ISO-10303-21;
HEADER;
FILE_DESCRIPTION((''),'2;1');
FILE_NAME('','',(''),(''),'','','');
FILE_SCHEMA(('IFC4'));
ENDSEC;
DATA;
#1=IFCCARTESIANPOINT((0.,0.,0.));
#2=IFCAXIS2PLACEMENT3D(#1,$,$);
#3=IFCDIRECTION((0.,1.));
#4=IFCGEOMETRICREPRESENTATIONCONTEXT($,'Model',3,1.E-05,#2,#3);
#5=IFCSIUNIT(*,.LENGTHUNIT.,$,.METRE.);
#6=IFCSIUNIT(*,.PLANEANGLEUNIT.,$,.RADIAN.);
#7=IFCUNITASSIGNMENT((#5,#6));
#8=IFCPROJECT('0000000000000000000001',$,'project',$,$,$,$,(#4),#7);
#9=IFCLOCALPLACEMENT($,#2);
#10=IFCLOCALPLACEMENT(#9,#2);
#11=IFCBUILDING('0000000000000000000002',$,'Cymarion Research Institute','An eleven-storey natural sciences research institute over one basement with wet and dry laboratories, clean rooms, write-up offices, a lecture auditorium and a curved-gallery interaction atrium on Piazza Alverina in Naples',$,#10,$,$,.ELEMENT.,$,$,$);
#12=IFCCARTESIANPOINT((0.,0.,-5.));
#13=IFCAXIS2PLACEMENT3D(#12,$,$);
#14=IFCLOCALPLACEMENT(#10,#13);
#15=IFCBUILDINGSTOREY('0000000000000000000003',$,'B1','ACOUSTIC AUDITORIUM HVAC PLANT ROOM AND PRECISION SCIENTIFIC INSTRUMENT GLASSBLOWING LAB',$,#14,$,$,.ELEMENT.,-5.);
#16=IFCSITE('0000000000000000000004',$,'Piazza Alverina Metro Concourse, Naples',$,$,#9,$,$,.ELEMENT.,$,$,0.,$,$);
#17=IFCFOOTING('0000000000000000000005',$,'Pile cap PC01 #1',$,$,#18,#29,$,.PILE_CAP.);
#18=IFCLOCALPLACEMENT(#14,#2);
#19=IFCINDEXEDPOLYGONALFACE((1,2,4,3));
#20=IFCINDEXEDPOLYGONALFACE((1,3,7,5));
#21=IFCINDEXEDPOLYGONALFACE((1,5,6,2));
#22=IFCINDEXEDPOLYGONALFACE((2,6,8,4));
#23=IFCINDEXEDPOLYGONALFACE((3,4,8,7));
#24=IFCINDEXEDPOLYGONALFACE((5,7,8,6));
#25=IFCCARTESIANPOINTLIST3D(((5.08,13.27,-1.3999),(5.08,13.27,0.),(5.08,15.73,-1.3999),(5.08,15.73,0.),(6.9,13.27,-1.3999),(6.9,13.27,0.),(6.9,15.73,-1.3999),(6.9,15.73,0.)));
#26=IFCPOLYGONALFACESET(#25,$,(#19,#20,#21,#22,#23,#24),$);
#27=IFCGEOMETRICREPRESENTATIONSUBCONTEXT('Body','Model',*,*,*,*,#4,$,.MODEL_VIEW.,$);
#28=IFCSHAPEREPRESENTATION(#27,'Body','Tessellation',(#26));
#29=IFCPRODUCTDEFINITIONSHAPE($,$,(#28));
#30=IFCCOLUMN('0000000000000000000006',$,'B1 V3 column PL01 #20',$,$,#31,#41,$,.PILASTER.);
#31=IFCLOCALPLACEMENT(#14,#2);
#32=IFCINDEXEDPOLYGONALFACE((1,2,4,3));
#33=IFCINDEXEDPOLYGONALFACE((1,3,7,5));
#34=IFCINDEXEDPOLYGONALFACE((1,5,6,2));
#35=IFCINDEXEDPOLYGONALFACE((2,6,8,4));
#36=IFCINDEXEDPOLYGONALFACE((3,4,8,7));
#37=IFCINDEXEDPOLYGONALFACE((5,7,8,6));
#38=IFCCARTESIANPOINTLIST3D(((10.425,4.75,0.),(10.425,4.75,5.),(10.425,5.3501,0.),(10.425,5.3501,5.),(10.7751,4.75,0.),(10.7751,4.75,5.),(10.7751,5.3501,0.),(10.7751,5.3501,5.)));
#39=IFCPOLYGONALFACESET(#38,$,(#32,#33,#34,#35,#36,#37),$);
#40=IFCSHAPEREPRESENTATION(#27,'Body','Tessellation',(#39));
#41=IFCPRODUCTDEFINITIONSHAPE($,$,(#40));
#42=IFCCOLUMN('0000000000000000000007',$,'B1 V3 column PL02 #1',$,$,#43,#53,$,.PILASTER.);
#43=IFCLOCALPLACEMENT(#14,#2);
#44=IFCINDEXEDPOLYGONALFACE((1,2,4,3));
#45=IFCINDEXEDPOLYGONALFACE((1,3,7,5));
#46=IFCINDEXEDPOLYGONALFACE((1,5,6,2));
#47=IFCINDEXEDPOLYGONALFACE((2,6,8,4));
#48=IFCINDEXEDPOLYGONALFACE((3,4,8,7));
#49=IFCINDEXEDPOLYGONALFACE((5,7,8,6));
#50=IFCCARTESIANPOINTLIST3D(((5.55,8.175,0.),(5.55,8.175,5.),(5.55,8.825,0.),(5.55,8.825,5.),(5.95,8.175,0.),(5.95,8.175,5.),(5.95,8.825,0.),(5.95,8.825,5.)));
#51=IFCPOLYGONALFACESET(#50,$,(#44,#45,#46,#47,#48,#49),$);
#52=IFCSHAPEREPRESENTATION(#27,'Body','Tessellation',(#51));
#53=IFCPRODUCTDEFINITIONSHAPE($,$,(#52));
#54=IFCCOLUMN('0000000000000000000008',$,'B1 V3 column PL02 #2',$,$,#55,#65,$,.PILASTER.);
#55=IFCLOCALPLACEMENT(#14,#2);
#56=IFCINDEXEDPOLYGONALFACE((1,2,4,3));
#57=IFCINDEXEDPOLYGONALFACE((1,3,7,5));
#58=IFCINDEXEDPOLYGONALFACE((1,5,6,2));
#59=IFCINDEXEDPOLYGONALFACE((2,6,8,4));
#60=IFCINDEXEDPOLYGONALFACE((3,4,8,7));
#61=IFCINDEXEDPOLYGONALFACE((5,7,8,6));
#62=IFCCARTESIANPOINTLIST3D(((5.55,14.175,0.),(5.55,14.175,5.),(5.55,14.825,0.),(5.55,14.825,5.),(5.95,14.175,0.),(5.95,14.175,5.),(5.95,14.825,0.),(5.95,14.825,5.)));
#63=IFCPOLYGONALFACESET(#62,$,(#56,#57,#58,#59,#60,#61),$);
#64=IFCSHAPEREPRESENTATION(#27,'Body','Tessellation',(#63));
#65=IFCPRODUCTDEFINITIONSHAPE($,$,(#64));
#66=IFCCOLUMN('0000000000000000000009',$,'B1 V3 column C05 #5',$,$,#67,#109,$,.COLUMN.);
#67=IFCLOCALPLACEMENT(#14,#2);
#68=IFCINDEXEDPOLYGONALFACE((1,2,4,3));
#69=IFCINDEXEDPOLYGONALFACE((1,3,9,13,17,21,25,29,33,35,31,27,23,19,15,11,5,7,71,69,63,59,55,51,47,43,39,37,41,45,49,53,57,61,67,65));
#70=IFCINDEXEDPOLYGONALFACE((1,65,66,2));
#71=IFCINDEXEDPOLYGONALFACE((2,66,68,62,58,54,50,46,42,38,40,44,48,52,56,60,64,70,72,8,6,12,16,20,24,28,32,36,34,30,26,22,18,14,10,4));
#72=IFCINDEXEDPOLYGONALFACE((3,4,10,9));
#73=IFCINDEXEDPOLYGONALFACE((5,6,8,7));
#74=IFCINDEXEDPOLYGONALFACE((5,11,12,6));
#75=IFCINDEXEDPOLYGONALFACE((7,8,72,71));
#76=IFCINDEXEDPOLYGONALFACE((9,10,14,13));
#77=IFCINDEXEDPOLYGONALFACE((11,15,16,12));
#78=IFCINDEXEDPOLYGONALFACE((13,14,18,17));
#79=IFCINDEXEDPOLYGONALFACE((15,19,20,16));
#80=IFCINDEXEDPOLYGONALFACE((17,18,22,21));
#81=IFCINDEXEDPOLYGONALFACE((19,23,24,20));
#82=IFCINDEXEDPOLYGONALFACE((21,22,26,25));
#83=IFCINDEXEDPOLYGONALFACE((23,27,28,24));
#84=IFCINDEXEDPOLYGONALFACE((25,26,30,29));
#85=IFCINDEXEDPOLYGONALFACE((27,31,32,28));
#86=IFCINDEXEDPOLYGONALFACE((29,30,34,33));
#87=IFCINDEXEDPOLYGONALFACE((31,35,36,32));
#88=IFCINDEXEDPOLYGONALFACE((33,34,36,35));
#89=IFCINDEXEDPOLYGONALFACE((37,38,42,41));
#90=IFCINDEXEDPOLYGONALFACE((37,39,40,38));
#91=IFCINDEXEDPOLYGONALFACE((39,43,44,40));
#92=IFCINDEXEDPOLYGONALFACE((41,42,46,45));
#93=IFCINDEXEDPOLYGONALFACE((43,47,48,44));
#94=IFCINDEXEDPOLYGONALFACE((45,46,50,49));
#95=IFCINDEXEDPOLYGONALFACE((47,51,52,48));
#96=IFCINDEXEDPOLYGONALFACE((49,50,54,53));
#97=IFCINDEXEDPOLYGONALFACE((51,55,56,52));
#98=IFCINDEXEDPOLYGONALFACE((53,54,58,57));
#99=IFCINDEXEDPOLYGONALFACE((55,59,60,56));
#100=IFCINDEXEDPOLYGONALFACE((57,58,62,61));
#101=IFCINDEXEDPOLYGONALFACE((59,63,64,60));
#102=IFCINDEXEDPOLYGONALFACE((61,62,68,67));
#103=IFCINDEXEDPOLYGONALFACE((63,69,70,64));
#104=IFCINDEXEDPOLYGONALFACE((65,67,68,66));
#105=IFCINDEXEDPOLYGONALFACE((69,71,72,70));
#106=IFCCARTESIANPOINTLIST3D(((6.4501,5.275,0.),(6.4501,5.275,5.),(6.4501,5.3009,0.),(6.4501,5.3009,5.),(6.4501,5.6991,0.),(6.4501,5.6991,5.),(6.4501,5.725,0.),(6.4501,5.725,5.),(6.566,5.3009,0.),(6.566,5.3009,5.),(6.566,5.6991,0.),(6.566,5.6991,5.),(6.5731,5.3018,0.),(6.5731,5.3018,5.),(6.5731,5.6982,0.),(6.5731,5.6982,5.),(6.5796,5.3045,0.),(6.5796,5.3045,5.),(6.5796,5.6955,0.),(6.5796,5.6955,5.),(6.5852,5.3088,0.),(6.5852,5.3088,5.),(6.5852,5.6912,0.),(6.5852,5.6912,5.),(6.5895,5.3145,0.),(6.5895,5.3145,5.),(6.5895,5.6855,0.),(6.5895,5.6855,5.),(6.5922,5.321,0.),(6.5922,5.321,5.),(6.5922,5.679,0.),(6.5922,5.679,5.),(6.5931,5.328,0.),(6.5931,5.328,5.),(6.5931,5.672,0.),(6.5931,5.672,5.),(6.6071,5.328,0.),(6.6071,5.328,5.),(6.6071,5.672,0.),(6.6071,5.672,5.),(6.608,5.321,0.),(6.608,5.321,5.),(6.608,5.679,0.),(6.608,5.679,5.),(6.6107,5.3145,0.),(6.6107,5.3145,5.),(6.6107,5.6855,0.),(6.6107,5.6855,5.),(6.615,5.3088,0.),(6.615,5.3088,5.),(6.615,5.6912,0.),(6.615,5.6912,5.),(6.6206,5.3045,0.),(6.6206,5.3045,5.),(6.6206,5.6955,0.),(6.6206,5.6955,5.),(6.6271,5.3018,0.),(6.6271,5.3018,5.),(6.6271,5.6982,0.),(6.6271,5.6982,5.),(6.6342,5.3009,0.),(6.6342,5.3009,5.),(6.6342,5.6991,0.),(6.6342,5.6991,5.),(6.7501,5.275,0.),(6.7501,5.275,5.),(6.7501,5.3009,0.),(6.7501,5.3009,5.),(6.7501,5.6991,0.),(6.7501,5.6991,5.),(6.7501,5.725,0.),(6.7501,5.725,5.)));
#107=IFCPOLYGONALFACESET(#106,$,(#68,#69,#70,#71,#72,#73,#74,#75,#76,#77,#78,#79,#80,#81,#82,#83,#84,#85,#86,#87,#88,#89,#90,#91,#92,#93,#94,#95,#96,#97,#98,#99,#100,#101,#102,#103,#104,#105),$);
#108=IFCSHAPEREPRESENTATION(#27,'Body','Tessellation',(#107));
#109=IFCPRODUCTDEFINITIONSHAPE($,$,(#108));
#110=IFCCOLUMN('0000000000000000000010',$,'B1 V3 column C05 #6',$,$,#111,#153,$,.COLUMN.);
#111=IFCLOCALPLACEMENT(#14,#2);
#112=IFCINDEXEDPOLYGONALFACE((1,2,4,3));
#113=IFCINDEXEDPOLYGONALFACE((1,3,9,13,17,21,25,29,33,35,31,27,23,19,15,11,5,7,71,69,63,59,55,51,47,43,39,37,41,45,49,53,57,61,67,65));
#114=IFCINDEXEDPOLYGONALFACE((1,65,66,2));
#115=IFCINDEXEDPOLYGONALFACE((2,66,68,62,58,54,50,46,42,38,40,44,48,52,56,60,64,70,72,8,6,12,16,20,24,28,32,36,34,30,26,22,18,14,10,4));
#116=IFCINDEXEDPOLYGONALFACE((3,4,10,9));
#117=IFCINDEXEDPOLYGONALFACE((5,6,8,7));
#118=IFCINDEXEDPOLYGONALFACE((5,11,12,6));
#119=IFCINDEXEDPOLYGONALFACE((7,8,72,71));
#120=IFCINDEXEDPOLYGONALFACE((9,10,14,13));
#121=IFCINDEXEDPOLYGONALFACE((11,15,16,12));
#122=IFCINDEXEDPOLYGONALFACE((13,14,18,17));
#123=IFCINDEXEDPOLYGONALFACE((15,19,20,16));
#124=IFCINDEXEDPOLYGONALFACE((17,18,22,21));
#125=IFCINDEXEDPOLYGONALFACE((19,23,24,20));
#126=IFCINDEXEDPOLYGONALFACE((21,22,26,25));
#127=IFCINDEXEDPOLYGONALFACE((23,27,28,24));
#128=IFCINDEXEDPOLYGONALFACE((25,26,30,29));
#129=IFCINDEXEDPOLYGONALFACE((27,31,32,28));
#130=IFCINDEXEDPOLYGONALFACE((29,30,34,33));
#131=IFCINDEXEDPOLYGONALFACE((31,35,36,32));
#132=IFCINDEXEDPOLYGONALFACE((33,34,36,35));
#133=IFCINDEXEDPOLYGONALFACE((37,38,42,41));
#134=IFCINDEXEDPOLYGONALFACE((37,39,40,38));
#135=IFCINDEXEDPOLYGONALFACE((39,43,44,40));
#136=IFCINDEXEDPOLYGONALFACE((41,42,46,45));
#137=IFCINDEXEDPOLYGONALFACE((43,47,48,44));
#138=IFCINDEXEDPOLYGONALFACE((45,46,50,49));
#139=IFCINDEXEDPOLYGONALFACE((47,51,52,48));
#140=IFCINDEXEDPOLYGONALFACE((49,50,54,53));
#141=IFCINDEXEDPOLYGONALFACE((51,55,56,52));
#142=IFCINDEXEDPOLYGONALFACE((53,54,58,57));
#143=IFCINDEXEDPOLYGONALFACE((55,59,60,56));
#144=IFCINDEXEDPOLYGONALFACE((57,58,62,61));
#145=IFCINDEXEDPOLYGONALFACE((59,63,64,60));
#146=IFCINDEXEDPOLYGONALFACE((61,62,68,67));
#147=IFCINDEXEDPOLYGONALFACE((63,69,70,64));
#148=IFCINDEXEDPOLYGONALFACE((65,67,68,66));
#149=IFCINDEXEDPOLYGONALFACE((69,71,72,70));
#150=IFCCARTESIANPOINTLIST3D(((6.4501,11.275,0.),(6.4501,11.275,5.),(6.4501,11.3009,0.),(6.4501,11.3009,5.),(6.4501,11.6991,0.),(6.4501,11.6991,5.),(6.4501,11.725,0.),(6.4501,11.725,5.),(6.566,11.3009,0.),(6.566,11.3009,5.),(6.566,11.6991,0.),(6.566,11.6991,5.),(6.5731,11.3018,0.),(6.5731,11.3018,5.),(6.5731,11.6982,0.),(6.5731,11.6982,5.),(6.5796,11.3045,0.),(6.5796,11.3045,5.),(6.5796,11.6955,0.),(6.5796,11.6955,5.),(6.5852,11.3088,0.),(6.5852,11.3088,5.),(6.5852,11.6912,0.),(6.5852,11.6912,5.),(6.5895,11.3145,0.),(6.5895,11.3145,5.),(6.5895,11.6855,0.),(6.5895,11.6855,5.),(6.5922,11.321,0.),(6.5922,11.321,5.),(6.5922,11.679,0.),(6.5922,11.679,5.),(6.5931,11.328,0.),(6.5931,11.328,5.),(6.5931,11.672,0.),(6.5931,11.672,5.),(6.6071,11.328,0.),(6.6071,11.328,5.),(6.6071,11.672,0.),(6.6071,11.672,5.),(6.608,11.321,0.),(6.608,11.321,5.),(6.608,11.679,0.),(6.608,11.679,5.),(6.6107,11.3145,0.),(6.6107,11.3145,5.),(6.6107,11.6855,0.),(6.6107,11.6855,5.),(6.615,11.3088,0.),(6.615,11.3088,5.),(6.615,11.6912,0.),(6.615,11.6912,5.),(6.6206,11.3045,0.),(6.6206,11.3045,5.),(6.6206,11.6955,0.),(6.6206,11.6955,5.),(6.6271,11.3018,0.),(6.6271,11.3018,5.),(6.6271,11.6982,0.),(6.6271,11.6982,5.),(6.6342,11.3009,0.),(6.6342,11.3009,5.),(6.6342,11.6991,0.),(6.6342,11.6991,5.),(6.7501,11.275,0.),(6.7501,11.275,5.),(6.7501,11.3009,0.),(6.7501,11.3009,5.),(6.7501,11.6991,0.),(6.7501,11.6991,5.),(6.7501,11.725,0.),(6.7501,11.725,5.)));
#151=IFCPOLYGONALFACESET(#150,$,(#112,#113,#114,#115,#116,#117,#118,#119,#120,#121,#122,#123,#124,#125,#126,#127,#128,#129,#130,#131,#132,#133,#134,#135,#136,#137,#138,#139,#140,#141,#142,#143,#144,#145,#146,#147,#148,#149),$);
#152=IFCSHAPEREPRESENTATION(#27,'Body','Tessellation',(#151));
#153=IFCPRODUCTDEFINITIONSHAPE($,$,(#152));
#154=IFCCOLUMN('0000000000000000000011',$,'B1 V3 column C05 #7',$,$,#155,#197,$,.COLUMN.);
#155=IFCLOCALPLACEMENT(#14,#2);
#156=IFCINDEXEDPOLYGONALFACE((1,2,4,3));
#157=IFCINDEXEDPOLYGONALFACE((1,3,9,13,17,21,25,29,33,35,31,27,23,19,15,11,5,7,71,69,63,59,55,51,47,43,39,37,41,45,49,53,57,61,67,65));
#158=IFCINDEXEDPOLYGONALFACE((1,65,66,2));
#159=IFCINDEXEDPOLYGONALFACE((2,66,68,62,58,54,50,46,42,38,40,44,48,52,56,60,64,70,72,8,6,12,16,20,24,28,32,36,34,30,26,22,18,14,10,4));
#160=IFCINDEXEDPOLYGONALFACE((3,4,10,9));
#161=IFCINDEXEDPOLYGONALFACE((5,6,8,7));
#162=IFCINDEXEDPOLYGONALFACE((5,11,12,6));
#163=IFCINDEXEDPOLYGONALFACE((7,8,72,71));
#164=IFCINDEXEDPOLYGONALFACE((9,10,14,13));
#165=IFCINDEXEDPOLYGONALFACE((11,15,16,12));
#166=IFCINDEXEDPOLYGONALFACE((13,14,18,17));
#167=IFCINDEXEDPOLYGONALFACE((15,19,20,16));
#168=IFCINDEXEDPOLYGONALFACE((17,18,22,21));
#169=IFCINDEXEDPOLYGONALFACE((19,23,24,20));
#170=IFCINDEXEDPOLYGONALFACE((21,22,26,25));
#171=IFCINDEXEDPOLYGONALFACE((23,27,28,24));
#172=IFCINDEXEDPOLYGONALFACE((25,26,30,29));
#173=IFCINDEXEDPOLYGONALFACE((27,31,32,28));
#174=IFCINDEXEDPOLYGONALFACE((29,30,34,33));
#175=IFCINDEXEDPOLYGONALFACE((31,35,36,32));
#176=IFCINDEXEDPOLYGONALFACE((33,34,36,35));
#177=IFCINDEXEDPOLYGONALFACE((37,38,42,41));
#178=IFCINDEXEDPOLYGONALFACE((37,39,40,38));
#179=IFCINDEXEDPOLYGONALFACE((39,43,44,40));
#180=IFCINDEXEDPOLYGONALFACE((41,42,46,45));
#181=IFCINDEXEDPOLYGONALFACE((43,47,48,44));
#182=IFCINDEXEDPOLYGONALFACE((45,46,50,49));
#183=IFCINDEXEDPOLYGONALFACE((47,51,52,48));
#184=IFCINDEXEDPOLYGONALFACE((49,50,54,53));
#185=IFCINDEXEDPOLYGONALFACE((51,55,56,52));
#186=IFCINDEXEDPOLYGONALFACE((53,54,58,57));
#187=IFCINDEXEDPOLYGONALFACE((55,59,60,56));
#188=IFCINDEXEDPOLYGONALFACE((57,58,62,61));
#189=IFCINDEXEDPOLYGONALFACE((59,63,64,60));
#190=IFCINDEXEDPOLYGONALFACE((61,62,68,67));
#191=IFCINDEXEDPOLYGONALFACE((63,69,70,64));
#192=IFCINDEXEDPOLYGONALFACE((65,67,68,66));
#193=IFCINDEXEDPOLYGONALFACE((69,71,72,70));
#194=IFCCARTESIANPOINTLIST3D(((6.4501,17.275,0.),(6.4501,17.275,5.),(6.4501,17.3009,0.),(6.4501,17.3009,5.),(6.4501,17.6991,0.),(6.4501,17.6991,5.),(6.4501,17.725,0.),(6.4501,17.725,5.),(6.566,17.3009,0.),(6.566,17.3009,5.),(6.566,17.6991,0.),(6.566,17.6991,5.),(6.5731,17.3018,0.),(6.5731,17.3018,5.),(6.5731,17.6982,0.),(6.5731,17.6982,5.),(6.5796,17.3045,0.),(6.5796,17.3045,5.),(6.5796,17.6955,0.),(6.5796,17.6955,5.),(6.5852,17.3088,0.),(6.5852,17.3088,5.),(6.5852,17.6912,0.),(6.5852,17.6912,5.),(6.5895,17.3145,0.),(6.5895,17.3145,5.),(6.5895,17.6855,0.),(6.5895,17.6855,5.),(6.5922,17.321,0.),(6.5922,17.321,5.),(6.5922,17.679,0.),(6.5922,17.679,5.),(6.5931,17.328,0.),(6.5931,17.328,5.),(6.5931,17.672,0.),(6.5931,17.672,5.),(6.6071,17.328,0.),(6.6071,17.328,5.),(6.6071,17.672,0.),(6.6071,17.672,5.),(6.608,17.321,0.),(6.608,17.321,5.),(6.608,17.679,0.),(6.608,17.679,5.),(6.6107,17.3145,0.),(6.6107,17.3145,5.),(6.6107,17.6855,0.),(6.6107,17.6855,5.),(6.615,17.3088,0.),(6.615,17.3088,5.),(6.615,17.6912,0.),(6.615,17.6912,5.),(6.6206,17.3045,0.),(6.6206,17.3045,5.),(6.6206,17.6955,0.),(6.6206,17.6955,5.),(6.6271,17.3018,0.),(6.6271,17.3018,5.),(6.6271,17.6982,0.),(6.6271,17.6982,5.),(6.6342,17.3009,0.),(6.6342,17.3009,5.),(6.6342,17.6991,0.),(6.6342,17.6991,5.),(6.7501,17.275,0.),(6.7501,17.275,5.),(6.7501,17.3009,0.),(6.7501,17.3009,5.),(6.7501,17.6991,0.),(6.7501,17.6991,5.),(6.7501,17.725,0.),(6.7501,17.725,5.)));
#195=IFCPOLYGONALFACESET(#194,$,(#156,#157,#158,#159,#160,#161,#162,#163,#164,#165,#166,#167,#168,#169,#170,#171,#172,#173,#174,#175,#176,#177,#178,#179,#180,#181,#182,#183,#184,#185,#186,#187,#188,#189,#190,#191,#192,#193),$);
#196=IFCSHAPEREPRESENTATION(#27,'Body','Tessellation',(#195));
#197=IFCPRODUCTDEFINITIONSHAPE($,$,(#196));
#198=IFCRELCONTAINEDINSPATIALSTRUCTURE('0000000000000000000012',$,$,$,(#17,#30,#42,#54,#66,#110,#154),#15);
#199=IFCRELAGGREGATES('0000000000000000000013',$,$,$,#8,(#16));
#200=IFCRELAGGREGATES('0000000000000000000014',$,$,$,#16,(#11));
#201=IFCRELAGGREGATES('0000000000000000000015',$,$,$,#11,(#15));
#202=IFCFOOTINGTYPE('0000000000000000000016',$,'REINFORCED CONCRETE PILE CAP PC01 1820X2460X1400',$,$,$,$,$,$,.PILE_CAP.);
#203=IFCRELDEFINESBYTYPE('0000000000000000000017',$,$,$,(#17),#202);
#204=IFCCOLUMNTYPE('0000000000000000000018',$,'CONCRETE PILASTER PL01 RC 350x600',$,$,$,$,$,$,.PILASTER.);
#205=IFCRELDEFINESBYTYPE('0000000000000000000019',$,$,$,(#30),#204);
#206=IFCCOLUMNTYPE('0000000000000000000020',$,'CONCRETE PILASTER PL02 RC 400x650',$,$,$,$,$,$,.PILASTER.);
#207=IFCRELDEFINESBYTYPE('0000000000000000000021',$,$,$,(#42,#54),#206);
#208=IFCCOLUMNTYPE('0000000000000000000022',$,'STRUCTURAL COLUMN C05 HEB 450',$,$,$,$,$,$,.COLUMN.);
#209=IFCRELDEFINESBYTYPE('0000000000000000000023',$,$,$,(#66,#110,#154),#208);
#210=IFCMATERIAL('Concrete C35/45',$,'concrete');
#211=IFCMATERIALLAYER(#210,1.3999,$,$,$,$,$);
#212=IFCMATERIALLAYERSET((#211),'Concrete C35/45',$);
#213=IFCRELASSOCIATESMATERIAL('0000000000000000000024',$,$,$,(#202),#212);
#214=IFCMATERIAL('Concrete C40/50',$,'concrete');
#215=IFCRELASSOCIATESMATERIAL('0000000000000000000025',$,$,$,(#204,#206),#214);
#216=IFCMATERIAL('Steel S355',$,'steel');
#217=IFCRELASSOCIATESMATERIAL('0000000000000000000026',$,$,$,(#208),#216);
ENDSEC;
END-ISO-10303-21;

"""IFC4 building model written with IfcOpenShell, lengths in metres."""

from ifc_helpers import new_model, si_unit, direction, frame, origin, origin_2d, place, context, subcontext, project, spatial, rectangle, i_section, extrude, material, layer, layer_set, material_profile, profile_set, type_object, element, save


model = new_model("IFC4")

# Units and contexts
model_context = context("Model", 3, precision=1e-05, world=origin(), true_north=direction((0.0, 1.0)))
body_context = subcontext(model_context, "Body", "Model", "MODEL_VIEW")
ifc_project = project(units=[si_unit("LENGTHUNIT", "METRE"), si_unit("PLANEANGLEUNIT", "RADIAN")], contexts=[model_context])

# Site, building, storey
site_placement = place(None, origin())
site = spatial("IfcSite", under=ifc_project, at=site_placement, Name="Piazza Alverina Metro Concourse, Naples", CompositionType="ELEMENT", RefElevation=0.0)
building_placement = place(site_placement, origin())
building = spatial("IfcBuilding", under=site, at=building_placement, Name="Cymarion Research Institute", Description="An eleven-storey natural sciences research institute over one basement with wet and dry laboratories, clean rooms, write-up offices, a lecture auditorium and a curved-gallery interaction atrium on Piazza Alverina in Naples", CompositionType="ELEMENT")
storey_placement = place(building_placement, frame((0.0, 0.0, -5.0)))
storey = spatial("IfcBuildingStorey", under=building, at=storey_placement, Name="B1", Description="ACOUSTIC AUDITORIUM HVAC PLANT ROOM AND PRECISION SCIENTIFIC INSTRUMENT GLASSBLOWING LAB", CompositionType="ELEMENT", Elevation=-5.0)

# Shared definitions
ifc_material_1 = material(Name="Concrete C35/45", Category="concrete")

# Footing
ifc_layer_1 = layer(ifc_material_1, 1.3999)
ifc_layer_set_1 = layer_set([ifc_layer_1], Name="Concrete C35/45")
footing_type = type_object("IfcFootingType", Name="REINFORCED CONCRETE PILE CAP PC01 1820X2460X1400", PredefinedType="PILE_CAP", material=ifc_layer_set_1)
footing_placement = place(storey_placement, frame((5.99, 14.5, -1.3999), z_axis=(0.0, 0.0, 1.0), x_axis=(1.0, 0.0, 0.0)))
element("IfcFooting", 1, at=footing_placement, inside=storey, type_object=footing_type, Name="Pile cap PC01 #1", PredefinedType="PILE_CAP", context=body_context, shape_type="SweptSolid", body=[
    extrude(rectangle(XDim=1.8201, YDim=2.46, at=origin_2d()), origin(), (0.0, 0.0, 1.0), 1.3999),
])

# Columns
ifc_material_2 = material(Name="Concrete C40/50", Category="concrete")
ifc_material_profile_1 = material_profile(ifc_material_2, rectangle(XDim=0.3501, YDim=0.6001, at=origin_2d()), Name="RC 350x600")
ifc_profile_set_1 = profile_set([ifc_material_profile_1], Name="Concrete C40/50")
column_type_1 = type_object("IfcColumnType", Name="CONCRETE PILASTER PL01 RC 350x600", PredefinedType="PILASTER", material=ifc_profile_set_1)
column_placement = place(storey_placement, frame((10.6001, 5.05, 0.0), z_axis=(0.0, 0.0, 1.0), x_axis=(1.0, 0.0, 0.0)))
element("IfcColumn", 2, at=column_placement, inside=storey, type_object=column_type_1, Name="B1 V3 column PL01 #20", PredefinedType="PILASTER", context=body_context, shape_type="SweptSolid", body=[
    extrude(rectangle(XDim=0.3501, YDim=0.6001, at=origin_2d()), origin(), (0.0, 0.0, 1.0), 5.0),
])
ifc_material_profile_2 = material_profile(ifc_material_2, rectangle(XDim=0.3999, YDim=0.6499, at=origin_2d()), Name="RC 400x650")
ifc_profile_set_2 = profile_set([ifc_material_profile_2], Name="Concrete C40/50")
column_type_2 = type_object("IfcColumnType", Name="CONCRETE PILASTER PL02 RC 400x650", PredefinedType="PILASTER", material=ifc_profile_set_2)
for number, where, z_axis, x_axis, name in (
    (3, (5.75, 8.5, 0.0), (0.0, 0.0, 1.0), (1.0, 0.0, 0.0), "B1 V3 column PL02 #1"),
    (4, (5.75, 14.5, 0.0), (0.0, 0.0, 1.0), (1.0, 0.0, 0.0), "B1 V3 column PL02 #2"),
):
    element("IfcColumn", number, at=place(storey_placement, frame(where, z_axis=z_axis, x_axis=x_axis)), inside=storey, type_object=column_type_2, Name=name, PredefinedType="PILASTER", context=body_context, shape_type="SweptSolid", body=[
        extrude(rectangle(XDim=0.3999, YDim=0.6499, at=origin_2d()), origin(), (0.0, 0.0, 1.0), 5.0),
    ])
ifc_material_3 = material(Name="Steel S355", Category="steel")
ifc_material_profile_3 = material_profile(ifc_material_3, i_section(OverallWidth=0.3, OverallDepth=0.45, WebThickness=0.0139, FlangeThickness=0.0259, FilletRadius=0.0271, at=origin_2d()), Name="HEB 450")
ifc_profile_set_3 = profile_set([ifc_material_profile_3], Name="Steel S355")
column_type_3 = type_object("IfcColumnType", Name="STRUCTURAL COLUMN C05 HEB 450", PredefinedType="COLUMN", material=ifc_profile_set_3)
for number, where, z_axis, x_axis, name in (
    (5, (6.6001, 5.5, 0.0), (0.0, 0.0, 1.0), (1.0, 0.0, 0.0), "B1 V3 column C05 #5"),
    (6, (6.6001, 11.5, 0.0), (0.0, 0.0, 1.0), (1.0, 0.0, 0.0), "B1 V3 column C05 #6"),
    (7, (6.6001, 17.5, 0.0), (0.0, 0.0, 1.0), (1.0, 0.0, 0.0), "B1 V3 column C05 #7"),
):
    element("IfcColumn", number, at=place(storey_placement, frame(where, z_axis=z_axis, x_axis=x_axis)), inside=storey, type_object=column_type_3, Name=name, PredefinedType="COLUMN", context=body_context, shape_type="SweptSolid", body=[
        extrude(i_section(OverallWidth=0.3, OverallDepth=0.45, WebThickness=0.0139, FlangeThickness=0.0259, FilletRadius=0.0271, at=origin_2d()), origin(), (0.0, 0.0, 1.0), 5.0),
    ])

save(model, "model.ifc")
